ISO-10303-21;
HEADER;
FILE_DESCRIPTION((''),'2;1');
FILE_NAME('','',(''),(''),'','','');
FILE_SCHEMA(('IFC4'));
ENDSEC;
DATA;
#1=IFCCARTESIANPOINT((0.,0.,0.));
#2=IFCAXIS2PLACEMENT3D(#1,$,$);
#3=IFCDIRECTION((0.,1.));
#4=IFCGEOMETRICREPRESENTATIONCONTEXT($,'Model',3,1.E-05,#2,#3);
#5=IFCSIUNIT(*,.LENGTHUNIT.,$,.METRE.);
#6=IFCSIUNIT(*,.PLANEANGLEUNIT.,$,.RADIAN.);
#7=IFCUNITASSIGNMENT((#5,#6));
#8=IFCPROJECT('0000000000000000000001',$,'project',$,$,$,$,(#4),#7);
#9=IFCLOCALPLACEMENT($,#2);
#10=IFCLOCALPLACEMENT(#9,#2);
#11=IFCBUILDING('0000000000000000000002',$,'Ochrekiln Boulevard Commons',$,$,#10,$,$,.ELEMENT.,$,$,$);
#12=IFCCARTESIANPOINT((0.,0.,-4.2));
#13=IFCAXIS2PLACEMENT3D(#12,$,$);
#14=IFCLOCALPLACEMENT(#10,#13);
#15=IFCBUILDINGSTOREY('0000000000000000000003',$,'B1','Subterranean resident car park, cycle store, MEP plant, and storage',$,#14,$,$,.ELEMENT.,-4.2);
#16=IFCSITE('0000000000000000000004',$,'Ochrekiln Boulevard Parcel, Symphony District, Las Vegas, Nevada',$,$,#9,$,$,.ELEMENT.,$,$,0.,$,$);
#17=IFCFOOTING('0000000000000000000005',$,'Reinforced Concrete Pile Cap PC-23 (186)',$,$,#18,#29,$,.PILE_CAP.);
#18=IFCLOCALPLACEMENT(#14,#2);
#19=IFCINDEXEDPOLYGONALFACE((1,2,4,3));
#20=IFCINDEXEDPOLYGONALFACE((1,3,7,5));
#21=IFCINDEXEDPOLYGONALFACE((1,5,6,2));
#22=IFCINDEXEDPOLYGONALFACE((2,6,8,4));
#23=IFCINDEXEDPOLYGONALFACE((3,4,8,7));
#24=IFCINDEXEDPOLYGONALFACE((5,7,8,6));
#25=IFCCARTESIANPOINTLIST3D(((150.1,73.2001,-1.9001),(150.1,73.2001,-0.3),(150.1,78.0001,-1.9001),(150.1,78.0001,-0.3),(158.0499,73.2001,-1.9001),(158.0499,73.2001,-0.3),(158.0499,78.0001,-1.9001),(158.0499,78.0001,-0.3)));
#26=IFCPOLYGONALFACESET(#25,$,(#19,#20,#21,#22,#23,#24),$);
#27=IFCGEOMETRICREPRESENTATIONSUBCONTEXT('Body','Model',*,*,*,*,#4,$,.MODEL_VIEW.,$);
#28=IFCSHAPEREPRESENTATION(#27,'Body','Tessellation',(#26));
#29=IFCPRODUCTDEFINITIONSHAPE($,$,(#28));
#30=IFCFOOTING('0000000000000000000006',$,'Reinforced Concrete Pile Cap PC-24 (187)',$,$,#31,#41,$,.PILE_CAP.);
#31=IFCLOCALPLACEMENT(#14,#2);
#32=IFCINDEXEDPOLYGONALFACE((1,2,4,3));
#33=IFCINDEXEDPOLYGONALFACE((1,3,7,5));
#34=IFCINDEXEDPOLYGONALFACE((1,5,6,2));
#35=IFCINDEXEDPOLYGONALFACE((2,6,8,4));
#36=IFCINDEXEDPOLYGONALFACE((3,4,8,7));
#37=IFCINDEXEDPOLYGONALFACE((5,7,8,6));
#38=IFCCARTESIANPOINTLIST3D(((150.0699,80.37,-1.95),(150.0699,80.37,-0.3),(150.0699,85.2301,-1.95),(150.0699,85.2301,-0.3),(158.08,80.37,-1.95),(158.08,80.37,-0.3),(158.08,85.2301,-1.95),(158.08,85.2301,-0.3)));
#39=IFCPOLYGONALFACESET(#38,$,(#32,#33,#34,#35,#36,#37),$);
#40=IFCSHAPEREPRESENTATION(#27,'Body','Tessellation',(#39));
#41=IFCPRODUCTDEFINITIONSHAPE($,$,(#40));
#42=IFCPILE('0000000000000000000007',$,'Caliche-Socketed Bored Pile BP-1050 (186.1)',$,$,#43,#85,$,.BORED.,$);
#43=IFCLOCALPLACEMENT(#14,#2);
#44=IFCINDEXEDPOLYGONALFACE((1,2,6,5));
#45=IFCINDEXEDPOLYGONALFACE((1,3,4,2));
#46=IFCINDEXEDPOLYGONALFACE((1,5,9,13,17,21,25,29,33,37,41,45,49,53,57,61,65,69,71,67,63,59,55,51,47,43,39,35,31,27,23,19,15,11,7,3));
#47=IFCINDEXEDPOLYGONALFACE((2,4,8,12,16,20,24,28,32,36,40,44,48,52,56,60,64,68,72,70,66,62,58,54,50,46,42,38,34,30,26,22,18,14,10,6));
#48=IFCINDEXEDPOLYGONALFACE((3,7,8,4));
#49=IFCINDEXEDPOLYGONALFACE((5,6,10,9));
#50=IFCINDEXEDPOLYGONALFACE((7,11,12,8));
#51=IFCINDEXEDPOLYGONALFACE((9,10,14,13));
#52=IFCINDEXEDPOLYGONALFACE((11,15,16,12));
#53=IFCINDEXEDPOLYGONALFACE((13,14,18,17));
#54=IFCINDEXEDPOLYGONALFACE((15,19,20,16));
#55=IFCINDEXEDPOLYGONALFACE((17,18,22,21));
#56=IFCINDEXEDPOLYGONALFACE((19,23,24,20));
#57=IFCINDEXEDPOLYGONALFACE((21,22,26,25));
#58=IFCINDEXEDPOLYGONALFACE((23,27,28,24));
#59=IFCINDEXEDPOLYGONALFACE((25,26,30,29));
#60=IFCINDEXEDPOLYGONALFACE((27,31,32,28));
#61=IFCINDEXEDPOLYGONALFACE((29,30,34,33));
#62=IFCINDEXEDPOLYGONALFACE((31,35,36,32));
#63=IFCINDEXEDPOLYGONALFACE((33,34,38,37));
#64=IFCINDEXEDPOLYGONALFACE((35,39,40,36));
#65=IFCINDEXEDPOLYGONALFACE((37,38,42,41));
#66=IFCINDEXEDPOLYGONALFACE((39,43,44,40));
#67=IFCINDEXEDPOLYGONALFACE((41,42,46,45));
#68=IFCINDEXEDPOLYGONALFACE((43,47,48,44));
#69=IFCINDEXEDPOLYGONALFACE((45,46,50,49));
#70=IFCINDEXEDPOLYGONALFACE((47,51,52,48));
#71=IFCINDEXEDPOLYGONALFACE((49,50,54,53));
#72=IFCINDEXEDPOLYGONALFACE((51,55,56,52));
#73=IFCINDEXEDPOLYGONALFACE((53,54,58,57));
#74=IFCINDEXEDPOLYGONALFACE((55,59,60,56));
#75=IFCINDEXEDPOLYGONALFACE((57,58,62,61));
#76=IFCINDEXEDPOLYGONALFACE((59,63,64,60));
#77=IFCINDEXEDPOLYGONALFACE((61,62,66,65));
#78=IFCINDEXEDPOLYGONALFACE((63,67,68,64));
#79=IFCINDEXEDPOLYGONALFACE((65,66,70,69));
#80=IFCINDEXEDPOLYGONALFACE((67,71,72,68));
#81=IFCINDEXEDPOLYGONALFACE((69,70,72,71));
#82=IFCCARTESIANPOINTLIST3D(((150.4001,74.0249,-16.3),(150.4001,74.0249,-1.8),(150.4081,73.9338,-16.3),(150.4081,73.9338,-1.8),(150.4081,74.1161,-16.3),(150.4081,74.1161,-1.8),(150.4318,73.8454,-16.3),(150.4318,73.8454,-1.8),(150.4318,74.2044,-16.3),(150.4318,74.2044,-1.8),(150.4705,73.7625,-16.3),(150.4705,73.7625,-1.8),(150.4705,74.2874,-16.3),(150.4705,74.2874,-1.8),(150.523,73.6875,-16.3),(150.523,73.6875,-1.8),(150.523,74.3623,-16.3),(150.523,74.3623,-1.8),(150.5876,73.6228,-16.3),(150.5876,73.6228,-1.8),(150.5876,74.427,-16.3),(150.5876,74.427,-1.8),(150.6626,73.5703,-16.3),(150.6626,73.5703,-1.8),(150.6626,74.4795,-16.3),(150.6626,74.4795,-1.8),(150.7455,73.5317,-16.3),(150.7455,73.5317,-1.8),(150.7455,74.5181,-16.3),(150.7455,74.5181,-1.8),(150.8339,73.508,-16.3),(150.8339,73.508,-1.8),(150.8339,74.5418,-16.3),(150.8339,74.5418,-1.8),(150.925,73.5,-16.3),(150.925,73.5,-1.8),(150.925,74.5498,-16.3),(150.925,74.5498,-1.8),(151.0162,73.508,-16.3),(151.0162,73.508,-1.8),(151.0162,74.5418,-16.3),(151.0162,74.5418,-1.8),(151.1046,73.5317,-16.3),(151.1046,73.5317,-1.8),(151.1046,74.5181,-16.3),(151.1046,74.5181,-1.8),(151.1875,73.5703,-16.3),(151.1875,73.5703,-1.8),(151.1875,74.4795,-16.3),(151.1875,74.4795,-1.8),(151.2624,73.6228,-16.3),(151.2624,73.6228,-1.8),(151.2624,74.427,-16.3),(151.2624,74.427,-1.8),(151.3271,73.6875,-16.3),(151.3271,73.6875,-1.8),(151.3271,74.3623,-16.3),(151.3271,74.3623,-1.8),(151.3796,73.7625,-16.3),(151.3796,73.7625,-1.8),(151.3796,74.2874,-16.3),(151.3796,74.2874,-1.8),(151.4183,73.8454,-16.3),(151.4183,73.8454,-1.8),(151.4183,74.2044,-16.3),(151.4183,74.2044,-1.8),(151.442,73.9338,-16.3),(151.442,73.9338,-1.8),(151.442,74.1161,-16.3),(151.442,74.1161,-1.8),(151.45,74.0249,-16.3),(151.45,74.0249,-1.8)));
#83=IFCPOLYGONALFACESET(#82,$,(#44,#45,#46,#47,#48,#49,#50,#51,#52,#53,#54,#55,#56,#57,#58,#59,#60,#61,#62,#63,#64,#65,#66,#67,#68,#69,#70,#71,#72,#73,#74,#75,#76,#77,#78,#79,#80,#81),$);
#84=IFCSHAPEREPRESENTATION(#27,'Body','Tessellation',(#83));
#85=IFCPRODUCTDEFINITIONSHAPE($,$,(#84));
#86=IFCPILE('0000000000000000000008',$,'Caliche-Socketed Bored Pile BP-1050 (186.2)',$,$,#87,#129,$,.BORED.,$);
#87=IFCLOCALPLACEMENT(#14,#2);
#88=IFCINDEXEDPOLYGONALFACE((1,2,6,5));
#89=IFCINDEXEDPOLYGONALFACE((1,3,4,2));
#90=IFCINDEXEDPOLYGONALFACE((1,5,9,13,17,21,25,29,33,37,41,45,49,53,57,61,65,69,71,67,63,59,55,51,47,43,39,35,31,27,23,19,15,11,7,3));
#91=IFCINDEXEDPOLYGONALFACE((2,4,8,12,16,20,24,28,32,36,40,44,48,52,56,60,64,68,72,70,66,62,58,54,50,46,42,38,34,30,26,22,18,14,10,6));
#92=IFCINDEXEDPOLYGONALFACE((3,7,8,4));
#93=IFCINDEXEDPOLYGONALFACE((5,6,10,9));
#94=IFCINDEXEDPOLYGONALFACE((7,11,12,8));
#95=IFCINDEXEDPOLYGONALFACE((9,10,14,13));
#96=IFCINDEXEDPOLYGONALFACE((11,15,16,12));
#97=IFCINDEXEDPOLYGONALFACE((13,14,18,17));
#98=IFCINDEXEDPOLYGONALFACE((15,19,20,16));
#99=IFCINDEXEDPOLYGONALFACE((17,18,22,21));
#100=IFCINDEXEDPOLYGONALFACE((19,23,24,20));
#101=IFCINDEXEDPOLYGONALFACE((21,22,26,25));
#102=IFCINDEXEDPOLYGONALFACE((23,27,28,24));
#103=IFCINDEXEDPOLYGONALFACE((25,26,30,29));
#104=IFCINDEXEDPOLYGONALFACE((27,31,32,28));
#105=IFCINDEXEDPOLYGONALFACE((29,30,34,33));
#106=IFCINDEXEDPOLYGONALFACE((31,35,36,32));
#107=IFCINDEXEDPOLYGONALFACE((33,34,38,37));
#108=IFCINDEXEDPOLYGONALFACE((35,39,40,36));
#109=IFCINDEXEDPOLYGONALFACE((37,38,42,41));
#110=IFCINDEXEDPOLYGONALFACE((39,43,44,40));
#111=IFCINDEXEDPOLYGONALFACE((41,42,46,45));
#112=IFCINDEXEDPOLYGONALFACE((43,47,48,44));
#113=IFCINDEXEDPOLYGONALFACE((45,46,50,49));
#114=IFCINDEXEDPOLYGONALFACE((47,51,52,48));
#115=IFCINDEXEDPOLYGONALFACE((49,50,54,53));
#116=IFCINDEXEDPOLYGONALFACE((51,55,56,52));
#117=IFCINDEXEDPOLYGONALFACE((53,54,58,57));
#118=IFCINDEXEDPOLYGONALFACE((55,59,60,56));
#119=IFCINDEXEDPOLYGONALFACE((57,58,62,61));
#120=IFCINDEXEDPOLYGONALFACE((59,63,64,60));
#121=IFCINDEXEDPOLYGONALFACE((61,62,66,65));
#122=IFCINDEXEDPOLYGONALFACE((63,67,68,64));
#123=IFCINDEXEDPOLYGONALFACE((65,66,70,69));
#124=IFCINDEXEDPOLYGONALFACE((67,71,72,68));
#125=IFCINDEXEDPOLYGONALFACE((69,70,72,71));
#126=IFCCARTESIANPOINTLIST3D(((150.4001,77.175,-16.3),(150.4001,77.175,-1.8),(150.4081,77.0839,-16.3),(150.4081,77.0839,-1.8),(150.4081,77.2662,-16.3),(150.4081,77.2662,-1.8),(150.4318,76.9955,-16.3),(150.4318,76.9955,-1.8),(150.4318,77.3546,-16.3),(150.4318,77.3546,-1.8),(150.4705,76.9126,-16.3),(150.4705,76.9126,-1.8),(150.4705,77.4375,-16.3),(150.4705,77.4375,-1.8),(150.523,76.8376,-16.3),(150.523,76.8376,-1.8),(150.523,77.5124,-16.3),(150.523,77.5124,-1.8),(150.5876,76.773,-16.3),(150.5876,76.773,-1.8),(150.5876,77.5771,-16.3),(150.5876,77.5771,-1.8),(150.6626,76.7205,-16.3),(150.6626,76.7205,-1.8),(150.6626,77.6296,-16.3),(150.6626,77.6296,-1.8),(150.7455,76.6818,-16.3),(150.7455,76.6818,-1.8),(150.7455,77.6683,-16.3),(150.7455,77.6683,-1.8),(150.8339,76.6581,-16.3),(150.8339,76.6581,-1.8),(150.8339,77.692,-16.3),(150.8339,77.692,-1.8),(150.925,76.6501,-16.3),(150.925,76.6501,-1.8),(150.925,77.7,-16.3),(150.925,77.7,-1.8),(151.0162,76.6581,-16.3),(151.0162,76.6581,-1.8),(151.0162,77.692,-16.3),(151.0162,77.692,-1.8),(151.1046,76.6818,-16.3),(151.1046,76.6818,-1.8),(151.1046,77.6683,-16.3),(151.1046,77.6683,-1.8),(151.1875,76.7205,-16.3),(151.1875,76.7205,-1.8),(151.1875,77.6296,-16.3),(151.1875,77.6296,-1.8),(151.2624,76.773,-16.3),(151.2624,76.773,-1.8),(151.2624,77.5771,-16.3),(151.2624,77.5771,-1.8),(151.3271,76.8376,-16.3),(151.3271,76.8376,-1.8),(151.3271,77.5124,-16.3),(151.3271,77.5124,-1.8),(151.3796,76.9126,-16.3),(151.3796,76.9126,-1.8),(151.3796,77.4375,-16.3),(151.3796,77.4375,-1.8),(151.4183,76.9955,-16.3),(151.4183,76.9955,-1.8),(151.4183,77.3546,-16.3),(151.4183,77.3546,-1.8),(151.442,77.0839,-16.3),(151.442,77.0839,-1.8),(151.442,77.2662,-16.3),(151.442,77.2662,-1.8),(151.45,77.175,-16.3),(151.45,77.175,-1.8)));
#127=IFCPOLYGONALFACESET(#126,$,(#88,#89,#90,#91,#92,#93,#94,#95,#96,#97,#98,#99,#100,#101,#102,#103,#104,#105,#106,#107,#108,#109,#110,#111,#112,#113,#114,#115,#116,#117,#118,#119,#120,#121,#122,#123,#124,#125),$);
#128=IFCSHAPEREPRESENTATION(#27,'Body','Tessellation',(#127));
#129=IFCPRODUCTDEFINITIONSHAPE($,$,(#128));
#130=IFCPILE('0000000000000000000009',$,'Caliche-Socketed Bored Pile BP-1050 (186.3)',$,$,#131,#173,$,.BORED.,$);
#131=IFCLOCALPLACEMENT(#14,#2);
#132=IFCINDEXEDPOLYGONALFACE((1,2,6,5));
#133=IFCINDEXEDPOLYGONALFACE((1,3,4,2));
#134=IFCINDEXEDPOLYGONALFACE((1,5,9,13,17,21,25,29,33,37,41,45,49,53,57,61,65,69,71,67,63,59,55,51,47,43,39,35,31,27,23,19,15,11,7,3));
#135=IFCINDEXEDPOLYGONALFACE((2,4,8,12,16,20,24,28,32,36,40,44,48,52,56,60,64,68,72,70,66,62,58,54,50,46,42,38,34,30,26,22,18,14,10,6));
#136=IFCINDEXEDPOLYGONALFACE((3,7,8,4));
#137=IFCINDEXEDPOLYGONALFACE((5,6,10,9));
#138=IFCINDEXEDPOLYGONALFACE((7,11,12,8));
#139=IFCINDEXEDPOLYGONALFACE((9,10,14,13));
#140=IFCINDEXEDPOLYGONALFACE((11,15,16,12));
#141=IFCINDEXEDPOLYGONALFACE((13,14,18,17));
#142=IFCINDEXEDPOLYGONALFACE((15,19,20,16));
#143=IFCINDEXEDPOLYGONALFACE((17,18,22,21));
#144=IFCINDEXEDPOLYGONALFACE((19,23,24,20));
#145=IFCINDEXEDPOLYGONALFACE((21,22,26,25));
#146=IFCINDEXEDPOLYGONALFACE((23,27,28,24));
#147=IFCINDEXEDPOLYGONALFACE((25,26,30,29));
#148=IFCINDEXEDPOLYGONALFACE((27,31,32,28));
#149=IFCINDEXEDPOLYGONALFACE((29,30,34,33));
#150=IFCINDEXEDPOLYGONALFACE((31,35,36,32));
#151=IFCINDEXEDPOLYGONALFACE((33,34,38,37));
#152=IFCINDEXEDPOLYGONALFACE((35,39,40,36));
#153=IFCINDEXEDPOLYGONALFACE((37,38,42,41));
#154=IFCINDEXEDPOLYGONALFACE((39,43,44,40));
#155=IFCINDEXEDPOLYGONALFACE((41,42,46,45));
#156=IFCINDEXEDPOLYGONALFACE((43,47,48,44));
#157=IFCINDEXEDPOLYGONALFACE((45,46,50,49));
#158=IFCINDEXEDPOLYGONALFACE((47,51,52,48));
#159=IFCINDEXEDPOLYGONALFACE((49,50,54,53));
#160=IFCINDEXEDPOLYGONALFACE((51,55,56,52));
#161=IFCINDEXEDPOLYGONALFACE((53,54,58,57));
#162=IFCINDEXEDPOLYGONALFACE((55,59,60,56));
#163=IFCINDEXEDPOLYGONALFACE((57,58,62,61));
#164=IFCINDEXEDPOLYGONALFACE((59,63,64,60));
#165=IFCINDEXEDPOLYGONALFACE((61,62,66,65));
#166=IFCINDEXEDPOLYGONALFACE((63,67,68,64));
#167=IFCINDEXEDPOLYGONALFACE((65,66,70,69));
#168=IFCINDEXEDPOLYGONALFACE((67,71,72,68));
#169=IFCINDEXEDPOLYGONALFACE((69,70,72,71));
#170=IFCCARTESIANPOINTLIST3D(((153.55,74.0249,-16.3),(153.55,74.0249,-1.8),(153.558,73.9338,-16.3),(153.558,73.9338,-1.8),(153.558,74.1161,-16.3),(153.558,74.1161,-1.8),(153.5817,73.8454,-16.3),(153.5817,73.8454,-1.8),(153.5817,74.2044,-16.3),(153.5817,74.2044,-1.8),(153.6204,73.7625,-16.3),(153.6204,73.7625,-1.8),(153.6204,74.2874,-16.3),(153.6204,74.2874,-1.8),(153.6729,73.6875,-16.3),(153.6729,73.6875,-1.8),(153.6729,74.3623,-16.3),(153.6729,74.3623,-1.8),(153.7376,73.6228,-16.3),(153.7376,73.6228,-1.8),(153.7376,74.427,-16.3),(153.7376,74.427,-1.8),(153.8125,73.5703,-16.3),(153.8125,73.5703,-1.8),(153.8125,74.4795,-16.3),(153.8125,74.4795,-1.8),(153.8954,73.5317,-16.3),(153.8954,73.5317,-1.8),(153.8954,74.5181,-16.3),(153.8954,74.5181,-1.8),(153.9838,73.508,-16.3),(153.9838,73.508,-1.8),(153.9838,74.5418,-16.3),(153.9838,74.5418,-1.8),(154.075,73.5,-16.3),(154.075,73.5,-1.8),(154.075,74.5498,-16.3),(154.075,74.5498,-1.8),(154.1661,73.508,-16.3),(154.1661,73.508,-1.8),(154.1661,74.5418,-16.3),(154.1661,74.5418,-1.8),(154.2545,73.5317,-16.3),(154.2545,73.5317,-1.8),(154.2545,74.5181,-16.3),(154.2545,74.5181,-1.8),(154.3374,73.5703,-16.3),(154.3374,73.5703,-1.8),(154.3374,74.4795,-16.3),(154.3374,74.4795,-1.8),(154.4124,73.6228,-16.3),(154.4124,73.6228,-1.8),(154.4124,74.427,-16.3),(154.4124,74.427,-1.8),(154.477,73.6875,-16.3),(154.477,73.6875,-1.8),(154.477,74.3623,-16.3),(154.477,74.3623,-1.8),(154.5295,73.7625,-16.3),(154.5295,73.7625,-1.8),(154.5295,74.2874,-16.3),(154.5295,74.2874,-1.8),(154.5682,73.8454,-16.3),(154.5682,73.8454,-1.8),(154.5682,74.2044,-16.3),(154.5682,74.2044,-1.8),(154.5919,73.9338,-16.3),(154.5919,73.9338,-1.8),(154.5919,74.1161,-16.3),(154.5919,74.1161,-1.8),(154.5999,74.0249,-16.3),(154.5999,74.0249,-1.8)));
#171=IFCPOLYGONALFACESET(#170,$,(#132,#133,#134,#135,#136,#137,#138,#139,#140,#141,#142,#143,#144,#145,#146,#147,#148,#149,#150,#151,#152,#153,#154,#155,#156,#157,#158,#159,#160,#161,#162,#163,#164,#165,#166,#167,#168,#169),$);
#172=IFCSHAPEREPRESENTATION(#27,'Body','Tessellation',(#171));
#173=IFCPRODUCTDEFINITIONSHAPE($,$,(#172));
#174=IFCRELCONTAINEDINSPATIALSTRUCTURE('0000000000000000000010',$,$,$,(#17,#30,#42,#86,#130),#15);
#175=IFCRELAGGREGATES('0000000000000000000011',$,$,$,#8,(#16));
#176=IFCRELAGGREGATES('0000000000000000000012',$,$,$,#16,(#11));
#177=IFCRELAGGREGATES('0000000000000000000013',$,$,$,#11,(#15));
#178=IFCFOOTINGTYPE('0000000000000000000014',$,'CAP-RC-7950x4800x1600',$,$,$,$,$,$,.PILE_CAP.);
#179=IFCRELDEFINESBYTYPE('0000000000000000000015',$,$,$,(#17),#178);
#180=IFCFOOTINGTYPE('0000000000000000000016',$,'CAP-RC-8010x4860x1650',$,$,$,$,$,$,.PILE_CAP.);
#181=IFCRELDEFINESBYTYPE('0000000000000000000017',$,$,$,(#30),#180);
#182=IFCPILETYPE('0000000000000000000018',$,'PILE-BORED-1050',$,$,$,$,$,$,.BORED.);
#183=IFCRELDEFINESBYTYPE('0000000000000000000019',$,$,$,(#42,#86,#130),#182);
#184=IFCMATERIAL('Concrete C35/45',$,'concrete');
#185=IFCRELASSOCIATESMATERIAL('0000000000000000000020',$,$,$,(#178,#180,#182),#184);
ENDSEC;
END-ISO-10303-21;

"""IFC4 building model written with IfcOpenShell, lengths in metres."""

from ifc_helpers import new_model, si_unit, direction, frame, origin, origin_2d, place, context, subcontext, project, spatial, rectangle, circle, extrude, material, material_profile, profile_set, type_object, element, save


model = new_model("IFC4")

# Units and contexts
model_context = context("Model", 3, precision=1e-05, world=origin(), true_north=direction((0.0, 1.0)))
body_context = subcontext(model_context, "Body", "Model", "MODEL_VIEW")
ifc_project = project(units=[si_unit("LENGTHUNIT", "METRE"), si_unit("PLANEANGLEUNIT", "RADIAN")], contexts=[model_context])

# Site, building, storey
site_placement = place(None, origin())
site = spatial("IfcSite", under=ifc_project, at=site_placement, Name="Ochrekiln Boulevard Parcel, Symphony District, Las Vegas, Nevada", CompositionType="ELEMENT", RefElevation=0.0)
building_placement = place(site_placement, origin())
building = spatial("IfcBuilding", under=site, at=building_placement, Name="Ochrekiln Boulevard Commons", CompositionType="ELEMENT")
storey_placement = place(building_placement, frame((0.0, 0.0, -4.2)))
storey = spatial("IfcBuildingStorey", under=building, at=storey_placement, Name="B1", Description="Subterranean resident car park, cycle store, MEP plant, and storage", CompositionType="ELEMENT", Elevation=-4.2)

# Footings
ifc_material_1 = material(Name="Concrete C35/45", Category="concrete")
footing_type_1 = type_object("IfcFootingType", Name="CAP-RC-7950x4800x1600", PredefinedType="PILE_CAP", material=ifc_material_1)
footing_1_placement = place(storey_placement, frame((154.075, 75.6001, -1.9001), z_axis=(0.0, 0.0, 1.0), x_axis=(1.0, 0.0, 0.0)))
element("IfcFooting", 1, at=footing_1_placement, inside=storey, type_object=footing_type_1, Name="Reinforced Concrete Pile Cap PC-23 (186)", PredefinedType="PILE_CAP", context=body_context, shape_type="SweptSolid", body=[
    extrude(rectangle(XDim=7.95, YDim=4.8, at=origin_2d()), origin(), (0.0, 0.0, 1.0), 1.6001),
])
footing_type_2 = type_object("IfcFootingType", Name="CAP-RC-8010x4860x1650", PredefinedType="PILE_CAP", material=ifc_material_1)
footing_2_placement = place(storey_placement, frame((154.075, 82.8, -1.95), z_axis=(0.0, 0.0, 1.0), x_axis=(1.0, 0.0, 0.0)))
element("IfcFooting", 2, at=footing_2_placement, inside=storey, type_object=footing_type_2, Name="Reinforced Concrete Pile Cap PC-24 (187)", PredefinedType="PILE_CAP", context=body_context, shape_type="SweptSolid", body=[
    extrude(rectangle(XDim=8.01, YDim=4.8601, at=origin_2d()), origin(), (0.0, 0.0, 1.0), 1.6499),
])

# Piles
ifc_material_profile_1 = material_profile(ifc_material_1, circle(Radius=0.5249, at=origin_2d()), Name="PILE-D1050")
ifc_profile_set_1 = profile_set([ifc_material_profile_1], Name="Concrete C35/45")
pile_type = type_object("IfcPileType", Name="PILE-BORED-1050", PredefinedType="BORED", material=ifc_profile_set_1)
for number, where, z_axis, x_axis, name in (
    (3, (150.925, 74.0249, -1.8), (0.0, 0.0, -1.0), (1.0, 0.0, 0.0), "Caliche-Socketed Bored Pile BP-1050 (186.1)"),
    (4, (150.925, 77.175, -1.8), (0.0, 0.0, -1.0), (1.0, 0.0, 0.0), "Caliche-Socketed Bored Pile BP-1050 (186.2)"),
    (5, (154.075, 74.0249, -1.8), (0.0, 0.0, -1.0), (1.0, 0.0, 0.0), "Caliche-Socketed Bored Pile BP-1050 (186.3)"),
):
    element("IfcPile", number, at=place(storey_placement, frame(where, z_axis=z_axis, x_axis=x_axis)), inside=storey, type_object=pile_type, Name=name, PredefinedType="BORED", context=body_context, shape_type="SweptSolid", body=[
        extrude(circle(Radius=0.5249, at=origin_2d()), origin(), (0.0, 0.0, 1.0), 14.5),
    ])

save(model, "model.ifc")
